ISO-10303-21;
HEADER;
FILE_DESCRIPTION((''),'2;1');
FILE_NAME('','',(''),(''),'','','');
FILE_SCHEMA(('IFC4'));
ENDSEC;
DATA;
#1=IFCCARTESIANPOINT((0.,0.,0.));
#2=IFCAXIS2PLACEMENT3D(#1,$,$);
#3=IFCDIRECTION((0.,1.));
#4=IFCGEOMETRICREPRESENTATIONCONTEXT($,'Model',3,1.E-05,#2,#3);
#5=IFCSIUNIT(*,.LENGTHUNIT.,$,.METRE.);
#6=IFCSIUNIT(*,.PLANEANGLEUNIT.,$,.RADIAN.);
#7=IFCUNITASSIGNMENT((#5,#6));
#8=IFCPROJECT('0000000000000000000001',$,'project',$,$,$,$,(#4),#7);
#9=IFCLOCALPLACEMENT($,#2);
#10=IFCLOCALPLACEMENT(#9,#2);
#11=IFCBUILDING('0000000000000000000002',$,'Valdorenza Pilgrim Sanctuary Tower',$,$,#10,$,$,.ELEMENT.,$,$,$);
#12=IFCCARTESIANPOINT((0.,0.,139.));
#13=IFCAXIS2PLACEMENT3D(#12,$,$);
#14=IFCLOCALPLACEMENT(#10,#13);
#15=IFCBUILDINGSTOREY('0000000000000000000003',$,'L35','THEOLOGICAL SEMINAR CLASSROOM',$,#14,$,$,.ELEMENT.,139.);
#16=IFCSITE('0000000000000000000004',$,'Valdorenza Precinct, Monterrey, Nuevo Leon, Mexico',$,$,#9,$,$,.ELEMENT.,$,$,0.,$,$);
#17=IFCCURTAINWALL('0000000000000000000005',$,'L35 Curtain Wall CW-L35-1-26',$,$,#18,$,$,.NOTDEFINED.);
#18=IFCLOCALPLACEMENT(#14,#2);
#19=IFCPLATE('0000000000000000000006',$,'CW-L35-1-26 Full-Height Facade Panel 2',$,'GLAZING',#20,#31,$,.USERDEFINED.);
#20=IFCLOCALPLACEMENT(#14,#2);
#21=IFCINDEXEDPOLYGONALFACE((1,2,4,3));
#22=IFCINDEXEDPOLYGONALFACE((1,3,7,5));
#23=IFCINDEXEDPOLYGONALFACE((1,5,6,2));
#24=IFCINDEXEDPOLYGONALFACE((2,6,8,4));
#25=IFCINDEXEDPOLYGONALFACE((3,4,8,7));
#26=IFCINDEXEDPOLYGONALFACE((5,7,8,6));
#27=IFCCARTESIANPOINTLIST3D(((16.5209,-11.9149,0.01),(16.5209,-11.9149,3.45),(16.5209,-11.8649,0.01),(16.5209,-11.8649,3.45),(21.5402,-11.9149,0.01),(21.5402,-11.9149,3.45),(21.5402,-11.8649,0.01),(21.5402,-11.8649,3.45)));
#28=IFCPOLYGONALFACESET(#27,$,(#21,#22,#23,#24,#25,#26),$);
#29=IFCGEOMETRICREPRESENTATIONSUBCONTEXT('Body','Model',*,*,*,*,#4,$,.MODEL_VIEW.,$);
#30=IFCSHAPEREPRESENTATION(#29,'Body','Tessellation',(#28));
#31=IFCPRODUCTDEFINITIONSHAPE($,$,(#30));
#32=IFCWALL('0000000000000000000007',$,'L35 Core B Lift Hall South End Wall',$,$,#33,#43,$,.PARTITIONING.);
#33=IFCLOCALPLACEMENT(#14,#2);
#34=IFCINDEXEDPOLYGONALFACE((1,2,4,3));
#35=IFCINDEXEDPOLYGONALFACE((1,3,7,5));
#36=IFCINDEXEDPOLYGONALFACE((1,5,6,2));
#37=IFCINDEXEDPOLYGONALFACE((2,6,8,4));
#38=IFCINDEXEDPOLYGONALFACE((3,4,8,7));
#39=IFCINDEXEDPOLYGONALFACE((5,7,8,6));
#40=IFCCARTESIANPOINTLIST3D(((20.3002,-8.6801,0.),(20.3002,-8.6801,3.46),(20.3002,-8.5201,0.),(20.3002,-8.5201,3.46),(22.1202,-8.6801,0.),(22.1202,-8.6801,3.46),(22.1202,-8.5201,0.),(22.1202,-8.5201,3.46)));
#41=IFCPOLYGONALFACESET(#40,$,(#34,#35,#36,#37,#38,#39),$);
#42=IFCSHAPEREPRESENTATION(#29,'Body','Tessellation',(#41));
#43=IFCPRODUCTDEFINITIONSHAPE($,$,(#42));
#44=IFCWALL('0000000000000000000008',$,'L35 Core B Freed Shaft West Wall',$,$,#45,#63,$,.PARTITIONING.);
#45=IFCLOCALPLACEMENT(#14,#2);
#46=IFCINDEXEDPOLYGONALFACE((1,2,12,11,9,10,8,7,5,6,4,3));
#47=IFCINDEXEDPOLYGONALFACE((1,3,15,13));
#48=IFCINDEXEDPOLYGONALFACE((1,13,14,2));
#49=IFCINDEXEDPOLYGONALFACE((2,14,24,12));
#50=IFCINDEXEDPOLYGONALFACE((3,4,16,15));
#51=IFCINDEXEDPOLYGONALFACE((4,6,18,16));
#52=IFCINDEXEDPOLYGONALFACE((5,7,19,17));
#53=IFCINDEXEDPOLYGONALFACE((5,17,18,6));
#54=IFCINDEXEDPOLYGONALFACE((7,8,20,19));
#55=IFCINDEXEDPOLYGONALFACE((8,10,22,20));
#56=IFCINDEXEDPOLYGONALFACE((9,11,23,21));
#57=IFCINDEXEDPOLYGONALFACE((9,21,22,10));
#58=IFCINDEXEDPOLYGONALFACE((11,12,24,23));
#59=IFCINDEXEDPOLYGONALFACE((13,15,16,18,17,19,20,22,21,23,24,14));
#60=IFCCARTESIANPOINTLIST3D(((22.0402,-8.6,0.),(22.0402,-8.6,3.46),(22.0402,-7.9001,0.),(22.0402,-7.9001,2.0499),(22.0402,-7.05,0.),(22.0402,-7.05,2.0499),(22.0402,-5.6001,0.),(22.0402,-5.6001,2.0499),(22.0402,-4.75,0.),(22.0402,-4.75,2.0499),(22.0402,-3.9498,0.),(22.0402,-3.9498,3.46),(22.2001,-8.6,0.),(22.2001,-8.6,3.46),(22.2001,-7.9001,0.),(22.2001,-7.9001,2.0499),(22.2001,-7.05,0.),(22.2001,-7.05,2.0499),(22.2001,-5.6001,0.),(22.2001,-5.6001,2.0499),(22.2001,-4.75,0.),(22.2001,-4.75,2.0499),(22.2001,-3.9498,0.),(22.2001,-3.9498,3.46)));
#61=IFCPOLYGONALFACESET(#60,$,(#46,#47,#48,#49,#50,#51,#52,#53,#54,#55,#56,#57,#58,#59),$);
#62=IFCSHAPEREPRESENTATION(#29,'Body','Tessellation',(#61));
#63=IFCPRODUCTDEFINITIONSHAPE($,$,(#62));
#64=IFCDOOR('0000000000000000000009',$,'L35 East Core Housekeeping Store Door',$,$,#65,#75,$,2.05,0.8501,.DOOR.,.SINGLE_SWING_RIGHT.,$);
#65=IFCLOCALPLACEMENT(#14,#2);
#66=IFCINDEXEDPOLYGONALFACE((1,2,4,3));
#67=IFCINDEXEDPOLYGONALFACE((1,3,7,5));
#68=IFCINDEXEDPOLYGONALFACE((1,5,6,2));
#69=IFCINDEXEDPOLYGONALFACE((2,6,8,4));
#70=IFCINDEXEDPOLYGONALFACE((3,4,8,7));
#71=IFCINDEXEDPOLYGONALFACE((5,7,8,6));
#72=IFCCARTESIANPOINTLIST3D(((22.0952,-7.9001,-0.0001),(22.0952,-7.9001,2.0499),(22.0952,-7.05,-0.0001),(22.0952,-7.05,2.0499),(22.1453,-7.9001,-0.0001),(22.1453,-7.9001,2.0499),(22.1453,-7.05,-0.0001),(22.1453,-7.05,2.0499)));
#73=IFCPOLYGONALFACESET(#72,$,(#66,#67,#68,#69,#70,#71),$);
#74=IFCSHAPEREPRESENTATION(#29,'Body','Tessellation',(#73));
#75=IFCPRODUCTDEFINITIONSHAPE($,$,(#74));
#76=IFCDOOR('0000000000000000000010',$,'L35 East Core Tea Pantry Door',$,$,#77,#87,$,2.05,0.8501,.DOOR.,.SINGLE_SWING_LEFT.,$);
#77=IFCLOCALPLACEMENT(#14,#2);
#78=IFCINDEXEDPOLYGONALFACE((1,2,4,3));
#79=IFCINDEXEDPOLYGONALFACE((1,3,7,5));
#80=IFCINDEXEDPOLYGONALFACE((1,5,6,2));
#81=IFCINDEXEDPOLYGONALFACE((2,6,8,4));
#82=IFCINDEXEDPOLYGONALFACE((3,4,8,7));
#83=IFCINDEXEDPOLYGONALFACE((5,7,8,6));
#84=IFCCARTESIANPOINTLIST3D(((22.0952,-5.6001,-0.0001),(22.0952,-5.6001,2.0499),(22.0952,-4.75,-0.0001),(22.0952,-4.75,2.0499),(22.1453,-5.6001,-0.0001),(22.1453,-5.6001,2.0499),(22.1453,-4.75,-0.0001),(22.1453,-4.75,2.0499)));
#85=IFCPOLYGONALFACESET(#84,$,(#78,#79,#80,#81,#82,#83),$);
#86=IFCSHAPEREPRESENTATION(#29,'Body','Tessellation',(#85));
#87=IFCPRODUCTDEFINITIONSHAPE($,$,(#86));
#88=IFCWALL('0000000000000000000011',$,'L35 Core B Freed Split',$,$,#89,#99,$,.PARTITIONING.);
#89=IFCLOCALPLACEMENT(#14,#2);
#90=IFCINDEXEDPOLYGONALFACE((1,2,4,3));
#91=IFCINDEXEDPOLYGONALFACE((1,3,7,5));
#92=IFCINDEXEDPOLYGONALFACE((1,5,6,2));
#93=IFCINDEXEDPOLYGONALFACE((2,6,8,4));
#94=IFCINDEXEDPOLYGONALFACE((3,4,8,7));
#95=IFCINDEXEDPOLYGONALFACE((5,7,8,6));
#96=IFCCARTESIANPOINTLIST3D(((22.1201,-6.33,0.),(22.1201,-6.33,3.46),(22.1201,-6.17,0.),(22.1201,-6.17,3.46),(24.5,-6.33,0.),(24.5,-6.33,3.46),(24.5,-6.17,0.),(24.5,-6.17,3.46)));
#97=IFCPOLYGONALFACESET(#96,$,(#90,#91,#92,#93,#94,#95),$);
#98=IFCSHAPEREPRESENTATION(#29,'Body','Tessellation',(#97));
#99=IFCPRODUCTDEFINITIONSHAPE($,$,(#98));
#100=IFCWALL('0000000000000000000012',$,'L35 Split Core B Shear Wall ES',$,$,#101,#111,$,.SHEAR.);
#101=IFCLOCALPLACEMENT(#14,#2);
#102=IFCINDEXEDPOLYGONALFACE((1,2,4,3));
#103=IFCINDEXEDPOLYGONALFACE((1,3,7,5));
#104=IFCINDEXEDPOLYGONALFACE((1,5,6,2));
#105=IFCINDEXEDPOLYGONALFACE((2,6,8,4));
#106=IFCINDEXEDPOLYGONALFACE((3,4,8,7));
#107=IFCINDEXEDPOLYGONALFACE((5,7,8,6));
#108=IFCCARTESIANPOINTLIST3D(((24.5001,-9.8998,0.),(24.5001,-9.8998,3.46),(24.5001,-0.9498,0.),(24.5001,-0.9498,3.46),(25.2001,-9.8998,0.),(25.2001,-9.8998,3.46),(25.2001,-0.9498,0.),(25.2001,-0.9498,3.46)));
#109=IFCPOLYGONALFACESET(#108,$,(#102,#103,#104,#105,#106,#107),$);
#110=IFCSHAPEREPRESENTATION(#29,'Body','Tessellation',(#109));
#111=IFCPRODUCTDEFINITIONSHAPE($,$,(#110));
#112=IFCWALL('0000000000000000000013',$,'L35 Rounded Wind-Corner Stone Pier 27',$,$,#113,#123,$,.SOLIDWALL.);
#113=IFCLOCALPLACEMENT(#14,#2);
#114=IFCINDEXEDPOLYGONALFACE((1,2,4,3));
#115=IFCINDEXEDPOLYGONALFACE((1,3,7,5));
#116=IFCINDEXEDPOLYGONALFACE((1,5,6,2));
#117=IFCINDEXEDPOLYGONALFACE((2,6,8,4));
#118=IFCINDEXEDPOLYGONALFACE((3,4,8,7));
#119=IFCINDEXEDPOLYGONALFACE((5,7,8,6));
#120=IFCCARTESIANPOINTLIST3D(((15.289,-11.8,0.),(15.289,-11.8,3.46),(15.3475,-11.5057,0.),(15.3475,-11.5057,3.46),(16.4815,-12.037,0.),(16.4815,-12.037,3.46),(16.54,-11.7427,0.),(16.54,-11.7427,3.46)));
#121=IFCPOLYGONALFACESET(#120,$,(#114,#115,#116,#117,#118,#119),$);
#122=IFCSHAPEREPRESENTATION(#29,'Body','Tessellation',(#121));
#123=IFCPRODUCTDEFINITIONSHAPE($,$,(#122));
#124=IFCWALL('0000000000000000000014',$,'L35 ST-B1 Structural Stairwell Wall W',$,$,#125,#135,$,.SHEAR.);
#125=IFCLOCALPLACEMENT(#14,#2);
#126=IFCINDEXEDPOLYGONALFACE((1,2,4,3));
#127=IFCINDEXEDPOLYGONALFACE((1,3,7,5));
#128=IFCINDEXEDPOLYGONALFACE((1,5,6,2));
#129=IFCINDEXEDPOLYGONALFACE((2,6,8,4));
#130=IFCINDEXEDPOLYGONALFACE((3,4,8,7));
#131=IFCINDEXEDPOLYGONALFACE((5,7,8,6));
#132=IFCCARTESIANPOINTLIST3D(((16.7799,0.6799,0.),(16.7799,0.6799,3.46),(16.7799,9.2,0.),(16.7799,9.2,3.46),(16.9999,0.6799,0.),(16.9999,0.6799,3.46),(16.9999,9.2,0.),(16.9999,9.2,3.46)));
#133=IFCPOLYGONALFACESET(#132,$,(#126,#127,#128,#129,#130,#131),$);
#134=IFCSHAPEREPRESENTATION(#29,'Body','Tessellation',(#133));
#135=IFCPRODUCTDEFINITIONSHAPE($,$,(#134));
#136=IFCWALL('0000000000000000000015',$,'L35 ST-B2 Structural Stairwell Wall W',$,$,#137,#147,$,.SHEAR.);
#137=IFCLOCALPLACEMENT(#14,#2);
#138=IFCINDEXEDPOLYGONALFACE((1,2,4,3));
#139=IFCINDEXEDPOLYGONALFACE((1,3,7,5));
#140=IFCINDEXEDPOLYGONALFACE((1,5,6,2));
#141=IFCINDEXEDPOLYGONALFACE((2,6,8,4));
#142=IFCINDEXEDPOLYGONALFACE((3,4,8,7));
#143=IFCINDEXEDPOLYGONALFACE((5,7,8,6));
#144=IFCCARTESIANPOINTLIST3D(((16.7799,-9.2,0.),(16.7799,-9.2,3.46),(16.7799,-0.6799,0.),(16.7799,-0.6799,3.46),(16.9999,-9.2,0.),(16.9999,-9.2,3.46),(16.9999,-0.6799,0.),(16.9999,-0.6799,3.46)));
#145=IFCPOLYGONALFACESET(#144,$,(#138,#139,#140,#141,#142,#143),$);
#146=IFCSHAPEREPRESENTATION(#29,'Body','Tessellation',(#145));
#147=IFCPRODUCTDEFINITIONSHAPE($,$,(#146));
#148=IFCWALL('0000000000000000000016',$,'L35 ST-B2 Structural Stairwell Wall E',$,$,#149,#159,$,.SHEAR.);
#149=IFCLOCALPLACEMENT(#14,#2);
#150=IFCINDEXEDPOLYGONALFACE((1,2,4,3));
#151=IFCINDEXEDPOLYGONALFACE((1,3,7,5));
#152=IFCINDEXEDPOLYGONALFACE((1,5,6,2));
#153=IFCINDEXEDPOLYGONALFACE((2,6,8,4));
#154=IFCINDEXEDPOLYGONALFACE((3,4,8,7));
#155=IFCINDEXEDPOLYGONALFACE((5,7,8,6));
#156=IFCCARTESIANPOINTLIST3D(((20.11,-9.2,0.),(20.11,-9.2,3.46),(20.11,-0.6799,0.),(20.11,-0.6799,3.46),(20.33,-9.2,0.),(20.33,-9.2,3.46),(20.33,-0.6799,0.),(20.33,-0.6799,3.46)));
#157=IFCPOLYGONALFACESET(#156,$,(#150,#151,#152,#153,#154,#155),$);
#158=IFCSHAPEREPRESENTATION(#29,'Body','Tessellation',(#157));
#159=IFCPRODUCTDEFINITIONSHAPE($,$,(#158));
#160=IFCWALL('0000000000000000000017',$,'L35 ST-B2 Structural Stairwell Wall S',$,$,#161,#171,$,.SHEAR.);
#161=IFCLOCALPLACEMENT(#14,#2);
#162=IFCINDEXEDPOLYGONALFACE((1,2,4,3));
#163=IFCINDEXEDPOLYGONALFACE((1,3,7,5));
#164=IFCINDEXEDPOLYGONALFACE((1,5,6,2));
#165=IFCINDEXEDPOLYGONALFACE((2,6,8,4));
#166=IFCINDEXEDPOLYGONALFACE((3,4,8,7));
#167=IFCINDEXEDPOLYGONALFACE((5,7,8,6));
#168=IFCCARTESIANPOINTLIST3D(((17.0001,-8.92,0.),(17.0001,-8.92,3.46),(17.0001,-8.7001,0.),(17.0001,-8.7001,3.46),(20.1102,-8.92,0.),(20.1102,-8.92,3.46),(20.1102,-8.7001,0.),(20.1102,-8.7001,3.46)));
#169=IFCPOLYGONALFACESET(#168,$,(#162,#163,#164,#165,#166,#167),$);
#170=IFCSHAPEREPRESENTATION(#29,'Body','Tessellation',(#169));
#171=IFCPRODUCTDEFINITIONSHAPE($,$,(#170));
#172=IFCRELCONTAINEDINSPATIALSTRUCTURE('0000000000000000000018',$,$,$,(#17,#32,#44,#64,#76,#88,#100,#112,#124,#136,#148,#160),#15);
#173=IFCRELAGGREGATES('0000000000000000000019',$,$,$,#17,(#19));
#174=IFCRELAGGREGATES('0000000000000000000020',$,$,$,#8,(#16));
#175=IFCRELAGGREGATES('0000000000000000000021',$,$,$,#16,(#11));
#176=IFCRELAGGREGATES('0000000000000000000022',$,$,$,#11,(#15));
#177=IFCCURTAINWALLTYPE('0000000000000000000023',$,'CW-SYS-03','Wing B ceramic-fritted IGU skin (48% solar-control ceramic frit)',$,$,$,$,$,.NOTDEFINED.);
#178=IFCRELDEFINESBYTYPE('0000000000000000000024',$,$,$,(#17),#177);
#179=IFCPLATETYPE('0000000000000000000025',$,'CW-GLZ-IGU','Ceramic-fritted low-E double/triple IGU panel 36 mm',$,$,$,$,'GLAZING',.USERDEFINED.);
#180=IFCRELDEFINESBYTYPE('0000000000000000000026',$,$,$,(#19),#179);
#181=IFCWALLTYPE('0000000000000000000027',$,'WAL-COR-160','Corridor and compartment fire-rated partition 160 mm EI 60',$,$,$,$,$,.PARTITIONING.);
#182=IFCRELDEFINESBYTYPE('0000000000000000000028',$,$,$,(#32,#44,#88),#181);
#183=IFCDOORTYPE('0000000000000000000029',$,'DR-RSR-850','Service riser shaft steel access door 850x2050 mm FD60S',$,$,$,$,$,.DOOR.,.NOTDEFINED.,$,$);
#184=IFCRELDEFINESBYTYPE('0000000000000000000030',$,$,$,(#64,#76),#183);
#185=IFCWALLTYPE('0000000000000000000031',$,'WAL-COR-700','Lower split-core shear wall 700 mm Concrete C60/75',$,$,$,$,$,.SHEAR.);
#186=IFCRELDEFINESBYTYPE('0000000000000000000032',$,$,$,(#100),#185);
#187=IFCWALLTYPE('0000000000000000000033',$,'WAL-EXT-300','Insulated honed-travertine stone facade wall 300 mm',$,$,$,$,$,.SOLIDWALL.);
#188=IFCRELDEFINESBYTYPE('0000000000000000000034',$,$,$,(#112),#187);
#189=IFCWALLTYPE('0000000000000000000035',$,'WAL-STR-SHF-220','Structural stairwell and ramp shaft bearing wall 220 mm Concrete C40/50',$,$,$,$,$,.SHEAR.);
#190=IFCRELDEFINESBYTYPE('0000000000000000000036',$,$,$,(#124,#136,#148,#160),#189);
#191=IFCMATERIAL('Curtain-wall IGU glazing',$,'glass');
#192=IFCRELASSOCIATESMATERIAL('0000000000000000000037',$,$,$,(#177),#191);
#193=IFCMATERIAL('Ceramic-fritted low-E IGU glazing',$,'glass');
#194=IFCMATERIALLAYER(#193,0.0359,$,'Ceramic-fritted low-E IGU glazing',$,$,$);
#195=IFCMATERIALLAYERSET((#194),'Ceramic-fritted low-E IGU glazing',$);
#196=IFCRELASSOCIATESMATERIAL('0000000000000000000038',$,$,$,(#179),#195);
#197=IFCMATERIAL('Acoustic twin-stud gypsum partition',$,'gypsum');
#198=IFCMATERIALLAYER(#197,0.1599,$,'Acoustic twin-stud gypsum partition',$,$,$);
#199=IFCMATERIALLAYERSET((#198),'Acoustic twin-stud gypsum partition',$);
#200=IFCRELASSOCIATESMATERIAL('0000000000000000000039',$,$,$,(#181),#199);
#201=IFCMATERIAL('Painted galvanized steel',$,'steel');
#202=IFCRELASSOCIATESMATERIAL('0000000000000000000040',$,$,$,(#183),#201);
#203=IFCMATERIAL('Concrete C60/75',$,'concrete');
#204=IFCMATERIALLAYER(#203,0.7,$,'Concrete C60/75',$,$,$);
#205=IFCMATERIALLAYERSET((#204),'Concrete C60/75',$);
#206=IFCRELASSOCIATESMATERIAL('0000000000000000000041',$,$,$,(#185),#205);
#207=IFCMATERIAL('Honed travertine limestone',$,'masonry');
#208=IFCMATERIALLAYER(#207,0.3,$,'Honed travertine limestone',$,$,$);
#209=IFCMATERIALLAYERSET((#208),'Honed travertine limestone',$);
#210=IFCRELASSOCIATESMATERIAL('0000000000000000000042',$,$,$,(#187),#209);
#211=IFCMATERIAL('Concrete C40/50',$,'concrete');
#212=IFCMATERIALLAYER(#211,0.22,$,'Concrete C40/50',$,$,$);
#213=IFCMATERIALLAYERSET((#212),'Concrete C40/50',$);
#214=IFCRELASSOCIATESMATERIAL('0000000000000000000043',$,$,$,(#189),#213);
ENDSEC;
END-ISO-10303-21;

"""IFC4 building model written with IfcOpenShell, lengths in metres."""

from ifc_helpers import new_model, si_unit, direction, frame, frame_2d, origin, origin_2d, place, context, subcontext, project, spatial, rectangle, extrude, source, transform, mapped, material, layer, layer_set, type_object, element, fill, aggregate, save


model = new_model("IFC4")

# Units and contexts
model_context = context("Model", 3, precision=1e-05, world=origin(), true_north=direction((0.0, 1.0)))
body_context = subcontext(model_context, "Body", "Model", "MODEL_VIEW")
ifc_project = project(units=[si_unit("LENGTHUNIT", "METRE"), si_unit("PLANEANGLEUNIT", "RADIAN")], contexts=[model_context])

# Site, building, storey
site_placement = place(None, origin())
site = spatial("IfcSite", under=ifc_project, at=site_placement, Name="Valdorenza Precinct, Monterrey, Nuevo Leon, Mexico", CompositionType="ELEMENT", RefElevation=0.0)
building_placement = place(site_placement, origin())
building = spatial("IfcBuilding", under=site, at=building_placement, Name="Valdorenza Pilgrim Sanctuary Tower", CompositionType="ELEMENT")
storey_placement = place(building_placement, frame((0.0, 0.0, 139.0)))
storey = spatial("IfcBuildingStorey", under=building, at=storey_placement, Name="L35", Description="THEOLOGICAL SEMINAR CLASSROOM", CompositionType="ELEMENT", Elevation=139.0)

# Shared definitions
ifc_material_1 = material(Name="Concrete C60/75", Category="concrete")

# Curtain wall, plate
ifc_material_2 = material(Name="Curtain-wall IGU glazing", Category="glass")
curtain_wall_type = type_object("IfcCurtainWallType", Name="CW-SYS-03", Description="Wing B ceramic-fritted IGU skin (48% solar-control ceramic frit)", PredefinedType="NOTDEFINED", material=ifc_material_2)
curtain_wall_placement = place(storey_placement, origin())
curtain_wall = element("IfcCurtainWall", 1, at=curtain_wall_placement, inside=storey, type_object=curtain_wall_type, Name="L35 Curtain Wall CW-L35-1-26", PredefinedType="NOTDEFINED")
ifc_material_3 = material(Name="Honed travertine limestone", Category="masonry")
ifc_material_4 = material(Name="Ceramic-fritted low-E IGU glazing", Category="glass")
ifc_layer_1 = layer(ifc_material_4, 0.0359, Name="Ceramic-fritted low-E IGU glazing")
ifc_layer_set_1 = layer_set([ifc_layer_1], Name="Ceramic-fritted low-E IGU glazing")
plate_type_1 = type_object("IfcPlateType", Name="CW-GLZ-IGU", Description="Ceramic-fritted low-E double/triple IGU panel 36 mm", ElementType="GLAZING", PredefinedType="USERDEFINED", material=ifc_layer_set_1)
shared_shape_1 = source(origin(), body_context, "Body", "SweptSolid", [
    extrude(rectangle(XDim=5.0193, YDim=0.05, at=origin_2d()), origin(), (0.0, 0.0, 1.0), 3.4399),
])
plate_1_placement = place(storey_placement, frame((19.0305, -11.8899, 0.01), z_axis=(0.0, 0.0, 1.0), x_axis=(-1.0, 0.0, 0.0)))
plate_1 = element("IfcPlate", 2, at=plate_1_placement, type_object=plate_type_1, Name="CW-L35-1-26 Full-Height Facade Panel 2", ObjectType="GLAZING", PredefinedType="USERDEFINED", context=body_context, shape_type="MappedRepresentation", body=[
    mapped(shared_shape_1, transform((0.0, 0.0, 0.0), x_axis=(1.0, 0.0, 0.0), y_axis=(0.0, 1.0, 0.0), z_axis=(0.0, 0.0, 1.0), scale=1.0)),
])
aggregate(curtain_wall, [plate_1])

# Wall
ifc_material_5 = material(Name="Acoustic twin-stud gypsum partition", Category="gypsum")
ifc_layer_2 = layer(ifc_material_5, 0.1599, Name="Acoustic twin-stud gypsum partition")
ifc_layer_set_2 = layer_set([ifc_layer_2], Name="Acoustic twin-stud gypsum partition")
wall_type_1 = type_object("IfcWallType", Name="WAL-COR-160", Description="Corridor and compartment fire-rated partition 160 mm EI 60", PredefinedType="PARTITIONING", material=ifc_layer_set_2)
wall_1_placement = place(storey_placement, frame((20.3, -8.6001, 0.0), z_axis=(0.0, 0.0, 1.0), x_axis=(1.0, 0.0, 0.0)))
element("IfcWall", 3, at=wall_1_placement, inside=storey, type_object=wall_type_1, Name="L35 Core B Lift Hall South End Wall", PredefinedType="PARTITIONING", context=body_context, shape_type="SweptSolid", body=[
    extrude(rectangle(XDim=1.8201, YDim=0.1599, at=frame_2d((0.9102, 0.0))), origin(), (0.0, 0.0, 1.0), 3.46),
])

# Wall, openings, doors
wall_2_placement = place(storey_placement, frame((22.1201, -8.6001, 0.0), z_axis=(0.0, 0.0, 1.0), x_axis=(0.0, 1.0, 0.0)))
wall_2 = element("IfcWall", 4, at=wall_2_placement, inside=storey, type_object=wall_type_1, Name="L35 Core B Freed Shaft West Wall", PredefinedType="PARTITIONING", context=body_context, shape_type="SweptSolid", body=[
    extrude(rectangle(XDim=4.6501, YDim=0.1599, at=frame_2d((2.3252, 0.0))), origin(), (0.0, 0.0, 1.0), 3.46),
])
opening_1_placement = place(wall_2_placement, frame((0.7, 0.0, 0.0)))
opening_1 = element("IfcOpeningElement", 5, at=opening_1_placement, cuts=wall_2, PredefinedType="OPENING", context=body_context, shape_type="SweptSolid", body=[
    extrude(rectangle(XDim=0.8501, YDim=2.05, at=frame_2d((0.425, 1.0249))), frame((0.0, 0.0947, 0.0), z_axis=(0.0, -1.0, 0.0), x_axis=(1.0, 0.0, 0.0)), (0.0, 0.0, 1.0), 0.1897),
])
opening_2_placement = place(wall_2_placement, frame((3.0, 0.0, 0.0)))
opening_2 = element("IfcOpeningElement", 6, at=opening_2_placement, cuts=wall_2, PredefinedType="OPENING", context=body_context, shape_type="SweptSolid", body=[
    extrude(rectangle(XDim=0.8501, YDim=2.05, at=frame_2d((0.425, 1.0249))), frame((0.0, 0.0947, 0.0), z_axis=(0.0, -1.0, 0.0), x_axis=(1.0, 0.0, 0.0)), (0.0, 0.0, 1.0), 0.1897),
])
ifc_material_6 = material(Name="Painted galvanized steel", Category="steel")
door_type_1 = type_object("IfcDoorType", Name="DR-RSR-850", Description="Service riser shaft steel access door 850x2050 mm FD60S", OperationType="NOTDEFINED", PredefinedType="DOOR", material=ifc_material_6)
door_1_placement = place(opening_1_placement, origin())
door_1 = element("IfcDoor", 7, at=door_1_placement, inside=storey, type_object=door_type_1, Name="L35 East Core Housekeeping Store Door", OperationType="SINGLE_SWING_RIGHT", OverallHeight=2.05, OverallWidth=0.8501, PredefinedType="DOOR", context=body_context, shape_type="SweptSolid", body=[
    extrude(rectangle(XDim=0.8501, YDim=2.05, at=frame_2d((0.425, 1.0249))), frame((0.0, 0.0249, 0.0), z_axis=(0.0, -1.0, 0.0), x_axis=(1.0, 0.0, 0.0)), (0.0, 0.0, 1.0), 0.05),
])
fill(opening_1, door_1)
door_2_placement = place(opening_2_placement, origin())
door_2 = element("IfcDoor", 8, at=door_2_placement, inside=storey, type_object=door_type_1, Name="L35 East Core Tea Pantry Door", OperationType="SINGLE_SWING_LEFT", OverallHeight=2.05, OverallWidth=0.8501, PredefinedType="DOOR", context=body_context, shape_type="SweptSolid", body=[
    extrude(rectangle(XDim=0.8501, YDim=2.05, at=frame_2d((0.425, 1.0249))), frame((0.0, 0.0249, 0.0), z_axis=(0.0, -1.0, 0.0), x_axis=(1.0, 0.0, 0.0)), (0.0, 0.0, 1.0), 0.05),
])
fill(opening_2, door_2)

# Walls
wall_3_placement = place(storey_placement, frame((22.1201, -6.25, 0.0), z_axis=(0.0, 0.0, 1.0), x_axis=(1.0, 0.0, 0.0)))
element("IfcWall", 9, at=wall_3_placement, inside=storey, type_object=wall_type_1, Name="L35 Core B Freed Split", PredefinedType="PARTITIONING", context=body_context, shape_type="SweptSolid", body=[
    extrude(rectangle(XDim=2.3799, YDim=0.1599, at=frame_2d((1.1899, 0.0))), origin(), (0.0, 0.0, 1.0), 3.46),
])
ifc_layer_3 = layer(ifc_material_1, 0.7, Name="Concrete C60/75")
ifc_layer_set_3 = layer_set([ifc_layer_3], Name="Concrete C60/75")
wall_type_2 = type_object("IfcWallType", Name="WAL-COR-700", Description="Lower split-core shear wall 700 mm Concrete C60/75", PredefinedType="SHEAR", material=ifc_layer_set_3)
wall_4_placement = place(storey_placement, frame((24.8501, -9.8999, 0.0), z_axis=(0.0, 0.0, 1.0), x_axis=(0.0, 1.0, 0.0)))
element("IfcWall", 10, at=wall_4_placement, inside=storey, type_object=wall_type_2, Name="L35 Split Core B Shear Wall ES", PredefinedType="SHEAR", context=body_context, shape_type="SweptSolid", body=[
    extrude(rectangle(XDim=8.95, YDim=0.7, at=frame_2d((4.4751, 0.0))), origin(), (0.0, 0.0, 1.0), 3.46),
])
ifc_layer_4 = layer(ifc_material_3, 0.3, Name="Honed travertine limestone")
ifc_layer_set_4 = layer_set([ifc_layer_4], Name="Honed travertine limestone")
wall_type_3 = type_object("IfcWallType", Name="WAL-EXT-300", Description="Insulated honed-travertine stone facade wall 300 mm", PredefinedType="SOLIDWALL", material=ifc_layer_set_4)
wall_5_placement = place(storey_placement, frame((16.5107, -11.8899, 0.0), z_axis=(0.0, 0.0, 1.0), x_axis=(-0.980804, 0.194996, 0.0)))
element("IfcWall", 11, at=wall_5_placement, inside=storey, type_object=wall_type_3, Name="L35 Rounded Wind-Corner Stone Pier 27", PredefinedType="SOLIDWALL", context=body_context, shape_type="SweptSolid", body=[
    extrude(rectangle(XDim=1.2158, YDim=0.3, at=frame_2d((0.6079, 0.0))), origin(), (0.0, 0.0, 1.0), 3.46),
])

# Walls
ifc_material_7 = material(Name="Concrete C40/50", Category="concrete")
ifc_layer_5 = layer(ifc_material_7, 0.22, Name="Concrete C40/50")
ifc_layer_set_5 = layer_set([ifc_layer_5], Name="Concrete C40/50")
wall_type_4 = type_object("IfcWallType", Name="WAL-STR-SHF-220", Description="Structural stairwell and ramp shaft bearing wall 220 mm Concrete C40/50", PredefinedType="SHEAR", material=ifc_layer_set_5)
for number, where, z_axis, x_axis, name in (
    (12, (16.8899, 0.6799, 0.0), (0.0, 0.0, 1.0), (0.0, 1.0, 0.0), "L35 ST-B1 Structural Stairwell Wall W"),
    (13, (16.8899, -9.2, 0.0), (0.0, 0.0, 1.0), (0.0, 1.0, 0.0), "L35 ST-B2 Structural Stairwell Wall W"),
    (14, (20.22, -9.2, 0.0), (0.0, 0.0, 1.0), (0.0, 1.0, 0.0), "L35 ST-B2 Structural Stairwell Wall E"),
):
    element("IfcWall", number, at=place(storey_placement, frame(where, z_axis=z_axis, x_axis=x_axis)), inside=storey, type_object=wall_type_4, Name=name, PredefinedType="SHEAR", context=body_context, shape_type="SweptSolid", body=[
        extrude(rectangle(XDim=8.52, YDim=0.22, at=frame_2d((4.26, 0.0))), origin(), (0.0, 0.0, 1.0), 3.46),
    ])
wall_6_placement = place(storey_placement, frame((17.0, -8.8101, 0.0), z_axis=(0.0, 0.0, 1.0), x_axis=(1.0, 0.0, 0.0)))
element("IfcWall", 15, at=wall_6_placement, inside=storey, type_object=wall_type_4, Name="L35 ST-B2 Structural Stairwell Wall S", PredefinedType="SHEAR", context=body_context, shape_type="SweptSolid", body=[
    extrude(rectangle(XDim=3.1101, YDim=0.22, at=frame_2d((1.5552, 0.0))), origin(), (0.0, 0.0, 1.0), 3.46),
])

save(model, "model.ifc")
